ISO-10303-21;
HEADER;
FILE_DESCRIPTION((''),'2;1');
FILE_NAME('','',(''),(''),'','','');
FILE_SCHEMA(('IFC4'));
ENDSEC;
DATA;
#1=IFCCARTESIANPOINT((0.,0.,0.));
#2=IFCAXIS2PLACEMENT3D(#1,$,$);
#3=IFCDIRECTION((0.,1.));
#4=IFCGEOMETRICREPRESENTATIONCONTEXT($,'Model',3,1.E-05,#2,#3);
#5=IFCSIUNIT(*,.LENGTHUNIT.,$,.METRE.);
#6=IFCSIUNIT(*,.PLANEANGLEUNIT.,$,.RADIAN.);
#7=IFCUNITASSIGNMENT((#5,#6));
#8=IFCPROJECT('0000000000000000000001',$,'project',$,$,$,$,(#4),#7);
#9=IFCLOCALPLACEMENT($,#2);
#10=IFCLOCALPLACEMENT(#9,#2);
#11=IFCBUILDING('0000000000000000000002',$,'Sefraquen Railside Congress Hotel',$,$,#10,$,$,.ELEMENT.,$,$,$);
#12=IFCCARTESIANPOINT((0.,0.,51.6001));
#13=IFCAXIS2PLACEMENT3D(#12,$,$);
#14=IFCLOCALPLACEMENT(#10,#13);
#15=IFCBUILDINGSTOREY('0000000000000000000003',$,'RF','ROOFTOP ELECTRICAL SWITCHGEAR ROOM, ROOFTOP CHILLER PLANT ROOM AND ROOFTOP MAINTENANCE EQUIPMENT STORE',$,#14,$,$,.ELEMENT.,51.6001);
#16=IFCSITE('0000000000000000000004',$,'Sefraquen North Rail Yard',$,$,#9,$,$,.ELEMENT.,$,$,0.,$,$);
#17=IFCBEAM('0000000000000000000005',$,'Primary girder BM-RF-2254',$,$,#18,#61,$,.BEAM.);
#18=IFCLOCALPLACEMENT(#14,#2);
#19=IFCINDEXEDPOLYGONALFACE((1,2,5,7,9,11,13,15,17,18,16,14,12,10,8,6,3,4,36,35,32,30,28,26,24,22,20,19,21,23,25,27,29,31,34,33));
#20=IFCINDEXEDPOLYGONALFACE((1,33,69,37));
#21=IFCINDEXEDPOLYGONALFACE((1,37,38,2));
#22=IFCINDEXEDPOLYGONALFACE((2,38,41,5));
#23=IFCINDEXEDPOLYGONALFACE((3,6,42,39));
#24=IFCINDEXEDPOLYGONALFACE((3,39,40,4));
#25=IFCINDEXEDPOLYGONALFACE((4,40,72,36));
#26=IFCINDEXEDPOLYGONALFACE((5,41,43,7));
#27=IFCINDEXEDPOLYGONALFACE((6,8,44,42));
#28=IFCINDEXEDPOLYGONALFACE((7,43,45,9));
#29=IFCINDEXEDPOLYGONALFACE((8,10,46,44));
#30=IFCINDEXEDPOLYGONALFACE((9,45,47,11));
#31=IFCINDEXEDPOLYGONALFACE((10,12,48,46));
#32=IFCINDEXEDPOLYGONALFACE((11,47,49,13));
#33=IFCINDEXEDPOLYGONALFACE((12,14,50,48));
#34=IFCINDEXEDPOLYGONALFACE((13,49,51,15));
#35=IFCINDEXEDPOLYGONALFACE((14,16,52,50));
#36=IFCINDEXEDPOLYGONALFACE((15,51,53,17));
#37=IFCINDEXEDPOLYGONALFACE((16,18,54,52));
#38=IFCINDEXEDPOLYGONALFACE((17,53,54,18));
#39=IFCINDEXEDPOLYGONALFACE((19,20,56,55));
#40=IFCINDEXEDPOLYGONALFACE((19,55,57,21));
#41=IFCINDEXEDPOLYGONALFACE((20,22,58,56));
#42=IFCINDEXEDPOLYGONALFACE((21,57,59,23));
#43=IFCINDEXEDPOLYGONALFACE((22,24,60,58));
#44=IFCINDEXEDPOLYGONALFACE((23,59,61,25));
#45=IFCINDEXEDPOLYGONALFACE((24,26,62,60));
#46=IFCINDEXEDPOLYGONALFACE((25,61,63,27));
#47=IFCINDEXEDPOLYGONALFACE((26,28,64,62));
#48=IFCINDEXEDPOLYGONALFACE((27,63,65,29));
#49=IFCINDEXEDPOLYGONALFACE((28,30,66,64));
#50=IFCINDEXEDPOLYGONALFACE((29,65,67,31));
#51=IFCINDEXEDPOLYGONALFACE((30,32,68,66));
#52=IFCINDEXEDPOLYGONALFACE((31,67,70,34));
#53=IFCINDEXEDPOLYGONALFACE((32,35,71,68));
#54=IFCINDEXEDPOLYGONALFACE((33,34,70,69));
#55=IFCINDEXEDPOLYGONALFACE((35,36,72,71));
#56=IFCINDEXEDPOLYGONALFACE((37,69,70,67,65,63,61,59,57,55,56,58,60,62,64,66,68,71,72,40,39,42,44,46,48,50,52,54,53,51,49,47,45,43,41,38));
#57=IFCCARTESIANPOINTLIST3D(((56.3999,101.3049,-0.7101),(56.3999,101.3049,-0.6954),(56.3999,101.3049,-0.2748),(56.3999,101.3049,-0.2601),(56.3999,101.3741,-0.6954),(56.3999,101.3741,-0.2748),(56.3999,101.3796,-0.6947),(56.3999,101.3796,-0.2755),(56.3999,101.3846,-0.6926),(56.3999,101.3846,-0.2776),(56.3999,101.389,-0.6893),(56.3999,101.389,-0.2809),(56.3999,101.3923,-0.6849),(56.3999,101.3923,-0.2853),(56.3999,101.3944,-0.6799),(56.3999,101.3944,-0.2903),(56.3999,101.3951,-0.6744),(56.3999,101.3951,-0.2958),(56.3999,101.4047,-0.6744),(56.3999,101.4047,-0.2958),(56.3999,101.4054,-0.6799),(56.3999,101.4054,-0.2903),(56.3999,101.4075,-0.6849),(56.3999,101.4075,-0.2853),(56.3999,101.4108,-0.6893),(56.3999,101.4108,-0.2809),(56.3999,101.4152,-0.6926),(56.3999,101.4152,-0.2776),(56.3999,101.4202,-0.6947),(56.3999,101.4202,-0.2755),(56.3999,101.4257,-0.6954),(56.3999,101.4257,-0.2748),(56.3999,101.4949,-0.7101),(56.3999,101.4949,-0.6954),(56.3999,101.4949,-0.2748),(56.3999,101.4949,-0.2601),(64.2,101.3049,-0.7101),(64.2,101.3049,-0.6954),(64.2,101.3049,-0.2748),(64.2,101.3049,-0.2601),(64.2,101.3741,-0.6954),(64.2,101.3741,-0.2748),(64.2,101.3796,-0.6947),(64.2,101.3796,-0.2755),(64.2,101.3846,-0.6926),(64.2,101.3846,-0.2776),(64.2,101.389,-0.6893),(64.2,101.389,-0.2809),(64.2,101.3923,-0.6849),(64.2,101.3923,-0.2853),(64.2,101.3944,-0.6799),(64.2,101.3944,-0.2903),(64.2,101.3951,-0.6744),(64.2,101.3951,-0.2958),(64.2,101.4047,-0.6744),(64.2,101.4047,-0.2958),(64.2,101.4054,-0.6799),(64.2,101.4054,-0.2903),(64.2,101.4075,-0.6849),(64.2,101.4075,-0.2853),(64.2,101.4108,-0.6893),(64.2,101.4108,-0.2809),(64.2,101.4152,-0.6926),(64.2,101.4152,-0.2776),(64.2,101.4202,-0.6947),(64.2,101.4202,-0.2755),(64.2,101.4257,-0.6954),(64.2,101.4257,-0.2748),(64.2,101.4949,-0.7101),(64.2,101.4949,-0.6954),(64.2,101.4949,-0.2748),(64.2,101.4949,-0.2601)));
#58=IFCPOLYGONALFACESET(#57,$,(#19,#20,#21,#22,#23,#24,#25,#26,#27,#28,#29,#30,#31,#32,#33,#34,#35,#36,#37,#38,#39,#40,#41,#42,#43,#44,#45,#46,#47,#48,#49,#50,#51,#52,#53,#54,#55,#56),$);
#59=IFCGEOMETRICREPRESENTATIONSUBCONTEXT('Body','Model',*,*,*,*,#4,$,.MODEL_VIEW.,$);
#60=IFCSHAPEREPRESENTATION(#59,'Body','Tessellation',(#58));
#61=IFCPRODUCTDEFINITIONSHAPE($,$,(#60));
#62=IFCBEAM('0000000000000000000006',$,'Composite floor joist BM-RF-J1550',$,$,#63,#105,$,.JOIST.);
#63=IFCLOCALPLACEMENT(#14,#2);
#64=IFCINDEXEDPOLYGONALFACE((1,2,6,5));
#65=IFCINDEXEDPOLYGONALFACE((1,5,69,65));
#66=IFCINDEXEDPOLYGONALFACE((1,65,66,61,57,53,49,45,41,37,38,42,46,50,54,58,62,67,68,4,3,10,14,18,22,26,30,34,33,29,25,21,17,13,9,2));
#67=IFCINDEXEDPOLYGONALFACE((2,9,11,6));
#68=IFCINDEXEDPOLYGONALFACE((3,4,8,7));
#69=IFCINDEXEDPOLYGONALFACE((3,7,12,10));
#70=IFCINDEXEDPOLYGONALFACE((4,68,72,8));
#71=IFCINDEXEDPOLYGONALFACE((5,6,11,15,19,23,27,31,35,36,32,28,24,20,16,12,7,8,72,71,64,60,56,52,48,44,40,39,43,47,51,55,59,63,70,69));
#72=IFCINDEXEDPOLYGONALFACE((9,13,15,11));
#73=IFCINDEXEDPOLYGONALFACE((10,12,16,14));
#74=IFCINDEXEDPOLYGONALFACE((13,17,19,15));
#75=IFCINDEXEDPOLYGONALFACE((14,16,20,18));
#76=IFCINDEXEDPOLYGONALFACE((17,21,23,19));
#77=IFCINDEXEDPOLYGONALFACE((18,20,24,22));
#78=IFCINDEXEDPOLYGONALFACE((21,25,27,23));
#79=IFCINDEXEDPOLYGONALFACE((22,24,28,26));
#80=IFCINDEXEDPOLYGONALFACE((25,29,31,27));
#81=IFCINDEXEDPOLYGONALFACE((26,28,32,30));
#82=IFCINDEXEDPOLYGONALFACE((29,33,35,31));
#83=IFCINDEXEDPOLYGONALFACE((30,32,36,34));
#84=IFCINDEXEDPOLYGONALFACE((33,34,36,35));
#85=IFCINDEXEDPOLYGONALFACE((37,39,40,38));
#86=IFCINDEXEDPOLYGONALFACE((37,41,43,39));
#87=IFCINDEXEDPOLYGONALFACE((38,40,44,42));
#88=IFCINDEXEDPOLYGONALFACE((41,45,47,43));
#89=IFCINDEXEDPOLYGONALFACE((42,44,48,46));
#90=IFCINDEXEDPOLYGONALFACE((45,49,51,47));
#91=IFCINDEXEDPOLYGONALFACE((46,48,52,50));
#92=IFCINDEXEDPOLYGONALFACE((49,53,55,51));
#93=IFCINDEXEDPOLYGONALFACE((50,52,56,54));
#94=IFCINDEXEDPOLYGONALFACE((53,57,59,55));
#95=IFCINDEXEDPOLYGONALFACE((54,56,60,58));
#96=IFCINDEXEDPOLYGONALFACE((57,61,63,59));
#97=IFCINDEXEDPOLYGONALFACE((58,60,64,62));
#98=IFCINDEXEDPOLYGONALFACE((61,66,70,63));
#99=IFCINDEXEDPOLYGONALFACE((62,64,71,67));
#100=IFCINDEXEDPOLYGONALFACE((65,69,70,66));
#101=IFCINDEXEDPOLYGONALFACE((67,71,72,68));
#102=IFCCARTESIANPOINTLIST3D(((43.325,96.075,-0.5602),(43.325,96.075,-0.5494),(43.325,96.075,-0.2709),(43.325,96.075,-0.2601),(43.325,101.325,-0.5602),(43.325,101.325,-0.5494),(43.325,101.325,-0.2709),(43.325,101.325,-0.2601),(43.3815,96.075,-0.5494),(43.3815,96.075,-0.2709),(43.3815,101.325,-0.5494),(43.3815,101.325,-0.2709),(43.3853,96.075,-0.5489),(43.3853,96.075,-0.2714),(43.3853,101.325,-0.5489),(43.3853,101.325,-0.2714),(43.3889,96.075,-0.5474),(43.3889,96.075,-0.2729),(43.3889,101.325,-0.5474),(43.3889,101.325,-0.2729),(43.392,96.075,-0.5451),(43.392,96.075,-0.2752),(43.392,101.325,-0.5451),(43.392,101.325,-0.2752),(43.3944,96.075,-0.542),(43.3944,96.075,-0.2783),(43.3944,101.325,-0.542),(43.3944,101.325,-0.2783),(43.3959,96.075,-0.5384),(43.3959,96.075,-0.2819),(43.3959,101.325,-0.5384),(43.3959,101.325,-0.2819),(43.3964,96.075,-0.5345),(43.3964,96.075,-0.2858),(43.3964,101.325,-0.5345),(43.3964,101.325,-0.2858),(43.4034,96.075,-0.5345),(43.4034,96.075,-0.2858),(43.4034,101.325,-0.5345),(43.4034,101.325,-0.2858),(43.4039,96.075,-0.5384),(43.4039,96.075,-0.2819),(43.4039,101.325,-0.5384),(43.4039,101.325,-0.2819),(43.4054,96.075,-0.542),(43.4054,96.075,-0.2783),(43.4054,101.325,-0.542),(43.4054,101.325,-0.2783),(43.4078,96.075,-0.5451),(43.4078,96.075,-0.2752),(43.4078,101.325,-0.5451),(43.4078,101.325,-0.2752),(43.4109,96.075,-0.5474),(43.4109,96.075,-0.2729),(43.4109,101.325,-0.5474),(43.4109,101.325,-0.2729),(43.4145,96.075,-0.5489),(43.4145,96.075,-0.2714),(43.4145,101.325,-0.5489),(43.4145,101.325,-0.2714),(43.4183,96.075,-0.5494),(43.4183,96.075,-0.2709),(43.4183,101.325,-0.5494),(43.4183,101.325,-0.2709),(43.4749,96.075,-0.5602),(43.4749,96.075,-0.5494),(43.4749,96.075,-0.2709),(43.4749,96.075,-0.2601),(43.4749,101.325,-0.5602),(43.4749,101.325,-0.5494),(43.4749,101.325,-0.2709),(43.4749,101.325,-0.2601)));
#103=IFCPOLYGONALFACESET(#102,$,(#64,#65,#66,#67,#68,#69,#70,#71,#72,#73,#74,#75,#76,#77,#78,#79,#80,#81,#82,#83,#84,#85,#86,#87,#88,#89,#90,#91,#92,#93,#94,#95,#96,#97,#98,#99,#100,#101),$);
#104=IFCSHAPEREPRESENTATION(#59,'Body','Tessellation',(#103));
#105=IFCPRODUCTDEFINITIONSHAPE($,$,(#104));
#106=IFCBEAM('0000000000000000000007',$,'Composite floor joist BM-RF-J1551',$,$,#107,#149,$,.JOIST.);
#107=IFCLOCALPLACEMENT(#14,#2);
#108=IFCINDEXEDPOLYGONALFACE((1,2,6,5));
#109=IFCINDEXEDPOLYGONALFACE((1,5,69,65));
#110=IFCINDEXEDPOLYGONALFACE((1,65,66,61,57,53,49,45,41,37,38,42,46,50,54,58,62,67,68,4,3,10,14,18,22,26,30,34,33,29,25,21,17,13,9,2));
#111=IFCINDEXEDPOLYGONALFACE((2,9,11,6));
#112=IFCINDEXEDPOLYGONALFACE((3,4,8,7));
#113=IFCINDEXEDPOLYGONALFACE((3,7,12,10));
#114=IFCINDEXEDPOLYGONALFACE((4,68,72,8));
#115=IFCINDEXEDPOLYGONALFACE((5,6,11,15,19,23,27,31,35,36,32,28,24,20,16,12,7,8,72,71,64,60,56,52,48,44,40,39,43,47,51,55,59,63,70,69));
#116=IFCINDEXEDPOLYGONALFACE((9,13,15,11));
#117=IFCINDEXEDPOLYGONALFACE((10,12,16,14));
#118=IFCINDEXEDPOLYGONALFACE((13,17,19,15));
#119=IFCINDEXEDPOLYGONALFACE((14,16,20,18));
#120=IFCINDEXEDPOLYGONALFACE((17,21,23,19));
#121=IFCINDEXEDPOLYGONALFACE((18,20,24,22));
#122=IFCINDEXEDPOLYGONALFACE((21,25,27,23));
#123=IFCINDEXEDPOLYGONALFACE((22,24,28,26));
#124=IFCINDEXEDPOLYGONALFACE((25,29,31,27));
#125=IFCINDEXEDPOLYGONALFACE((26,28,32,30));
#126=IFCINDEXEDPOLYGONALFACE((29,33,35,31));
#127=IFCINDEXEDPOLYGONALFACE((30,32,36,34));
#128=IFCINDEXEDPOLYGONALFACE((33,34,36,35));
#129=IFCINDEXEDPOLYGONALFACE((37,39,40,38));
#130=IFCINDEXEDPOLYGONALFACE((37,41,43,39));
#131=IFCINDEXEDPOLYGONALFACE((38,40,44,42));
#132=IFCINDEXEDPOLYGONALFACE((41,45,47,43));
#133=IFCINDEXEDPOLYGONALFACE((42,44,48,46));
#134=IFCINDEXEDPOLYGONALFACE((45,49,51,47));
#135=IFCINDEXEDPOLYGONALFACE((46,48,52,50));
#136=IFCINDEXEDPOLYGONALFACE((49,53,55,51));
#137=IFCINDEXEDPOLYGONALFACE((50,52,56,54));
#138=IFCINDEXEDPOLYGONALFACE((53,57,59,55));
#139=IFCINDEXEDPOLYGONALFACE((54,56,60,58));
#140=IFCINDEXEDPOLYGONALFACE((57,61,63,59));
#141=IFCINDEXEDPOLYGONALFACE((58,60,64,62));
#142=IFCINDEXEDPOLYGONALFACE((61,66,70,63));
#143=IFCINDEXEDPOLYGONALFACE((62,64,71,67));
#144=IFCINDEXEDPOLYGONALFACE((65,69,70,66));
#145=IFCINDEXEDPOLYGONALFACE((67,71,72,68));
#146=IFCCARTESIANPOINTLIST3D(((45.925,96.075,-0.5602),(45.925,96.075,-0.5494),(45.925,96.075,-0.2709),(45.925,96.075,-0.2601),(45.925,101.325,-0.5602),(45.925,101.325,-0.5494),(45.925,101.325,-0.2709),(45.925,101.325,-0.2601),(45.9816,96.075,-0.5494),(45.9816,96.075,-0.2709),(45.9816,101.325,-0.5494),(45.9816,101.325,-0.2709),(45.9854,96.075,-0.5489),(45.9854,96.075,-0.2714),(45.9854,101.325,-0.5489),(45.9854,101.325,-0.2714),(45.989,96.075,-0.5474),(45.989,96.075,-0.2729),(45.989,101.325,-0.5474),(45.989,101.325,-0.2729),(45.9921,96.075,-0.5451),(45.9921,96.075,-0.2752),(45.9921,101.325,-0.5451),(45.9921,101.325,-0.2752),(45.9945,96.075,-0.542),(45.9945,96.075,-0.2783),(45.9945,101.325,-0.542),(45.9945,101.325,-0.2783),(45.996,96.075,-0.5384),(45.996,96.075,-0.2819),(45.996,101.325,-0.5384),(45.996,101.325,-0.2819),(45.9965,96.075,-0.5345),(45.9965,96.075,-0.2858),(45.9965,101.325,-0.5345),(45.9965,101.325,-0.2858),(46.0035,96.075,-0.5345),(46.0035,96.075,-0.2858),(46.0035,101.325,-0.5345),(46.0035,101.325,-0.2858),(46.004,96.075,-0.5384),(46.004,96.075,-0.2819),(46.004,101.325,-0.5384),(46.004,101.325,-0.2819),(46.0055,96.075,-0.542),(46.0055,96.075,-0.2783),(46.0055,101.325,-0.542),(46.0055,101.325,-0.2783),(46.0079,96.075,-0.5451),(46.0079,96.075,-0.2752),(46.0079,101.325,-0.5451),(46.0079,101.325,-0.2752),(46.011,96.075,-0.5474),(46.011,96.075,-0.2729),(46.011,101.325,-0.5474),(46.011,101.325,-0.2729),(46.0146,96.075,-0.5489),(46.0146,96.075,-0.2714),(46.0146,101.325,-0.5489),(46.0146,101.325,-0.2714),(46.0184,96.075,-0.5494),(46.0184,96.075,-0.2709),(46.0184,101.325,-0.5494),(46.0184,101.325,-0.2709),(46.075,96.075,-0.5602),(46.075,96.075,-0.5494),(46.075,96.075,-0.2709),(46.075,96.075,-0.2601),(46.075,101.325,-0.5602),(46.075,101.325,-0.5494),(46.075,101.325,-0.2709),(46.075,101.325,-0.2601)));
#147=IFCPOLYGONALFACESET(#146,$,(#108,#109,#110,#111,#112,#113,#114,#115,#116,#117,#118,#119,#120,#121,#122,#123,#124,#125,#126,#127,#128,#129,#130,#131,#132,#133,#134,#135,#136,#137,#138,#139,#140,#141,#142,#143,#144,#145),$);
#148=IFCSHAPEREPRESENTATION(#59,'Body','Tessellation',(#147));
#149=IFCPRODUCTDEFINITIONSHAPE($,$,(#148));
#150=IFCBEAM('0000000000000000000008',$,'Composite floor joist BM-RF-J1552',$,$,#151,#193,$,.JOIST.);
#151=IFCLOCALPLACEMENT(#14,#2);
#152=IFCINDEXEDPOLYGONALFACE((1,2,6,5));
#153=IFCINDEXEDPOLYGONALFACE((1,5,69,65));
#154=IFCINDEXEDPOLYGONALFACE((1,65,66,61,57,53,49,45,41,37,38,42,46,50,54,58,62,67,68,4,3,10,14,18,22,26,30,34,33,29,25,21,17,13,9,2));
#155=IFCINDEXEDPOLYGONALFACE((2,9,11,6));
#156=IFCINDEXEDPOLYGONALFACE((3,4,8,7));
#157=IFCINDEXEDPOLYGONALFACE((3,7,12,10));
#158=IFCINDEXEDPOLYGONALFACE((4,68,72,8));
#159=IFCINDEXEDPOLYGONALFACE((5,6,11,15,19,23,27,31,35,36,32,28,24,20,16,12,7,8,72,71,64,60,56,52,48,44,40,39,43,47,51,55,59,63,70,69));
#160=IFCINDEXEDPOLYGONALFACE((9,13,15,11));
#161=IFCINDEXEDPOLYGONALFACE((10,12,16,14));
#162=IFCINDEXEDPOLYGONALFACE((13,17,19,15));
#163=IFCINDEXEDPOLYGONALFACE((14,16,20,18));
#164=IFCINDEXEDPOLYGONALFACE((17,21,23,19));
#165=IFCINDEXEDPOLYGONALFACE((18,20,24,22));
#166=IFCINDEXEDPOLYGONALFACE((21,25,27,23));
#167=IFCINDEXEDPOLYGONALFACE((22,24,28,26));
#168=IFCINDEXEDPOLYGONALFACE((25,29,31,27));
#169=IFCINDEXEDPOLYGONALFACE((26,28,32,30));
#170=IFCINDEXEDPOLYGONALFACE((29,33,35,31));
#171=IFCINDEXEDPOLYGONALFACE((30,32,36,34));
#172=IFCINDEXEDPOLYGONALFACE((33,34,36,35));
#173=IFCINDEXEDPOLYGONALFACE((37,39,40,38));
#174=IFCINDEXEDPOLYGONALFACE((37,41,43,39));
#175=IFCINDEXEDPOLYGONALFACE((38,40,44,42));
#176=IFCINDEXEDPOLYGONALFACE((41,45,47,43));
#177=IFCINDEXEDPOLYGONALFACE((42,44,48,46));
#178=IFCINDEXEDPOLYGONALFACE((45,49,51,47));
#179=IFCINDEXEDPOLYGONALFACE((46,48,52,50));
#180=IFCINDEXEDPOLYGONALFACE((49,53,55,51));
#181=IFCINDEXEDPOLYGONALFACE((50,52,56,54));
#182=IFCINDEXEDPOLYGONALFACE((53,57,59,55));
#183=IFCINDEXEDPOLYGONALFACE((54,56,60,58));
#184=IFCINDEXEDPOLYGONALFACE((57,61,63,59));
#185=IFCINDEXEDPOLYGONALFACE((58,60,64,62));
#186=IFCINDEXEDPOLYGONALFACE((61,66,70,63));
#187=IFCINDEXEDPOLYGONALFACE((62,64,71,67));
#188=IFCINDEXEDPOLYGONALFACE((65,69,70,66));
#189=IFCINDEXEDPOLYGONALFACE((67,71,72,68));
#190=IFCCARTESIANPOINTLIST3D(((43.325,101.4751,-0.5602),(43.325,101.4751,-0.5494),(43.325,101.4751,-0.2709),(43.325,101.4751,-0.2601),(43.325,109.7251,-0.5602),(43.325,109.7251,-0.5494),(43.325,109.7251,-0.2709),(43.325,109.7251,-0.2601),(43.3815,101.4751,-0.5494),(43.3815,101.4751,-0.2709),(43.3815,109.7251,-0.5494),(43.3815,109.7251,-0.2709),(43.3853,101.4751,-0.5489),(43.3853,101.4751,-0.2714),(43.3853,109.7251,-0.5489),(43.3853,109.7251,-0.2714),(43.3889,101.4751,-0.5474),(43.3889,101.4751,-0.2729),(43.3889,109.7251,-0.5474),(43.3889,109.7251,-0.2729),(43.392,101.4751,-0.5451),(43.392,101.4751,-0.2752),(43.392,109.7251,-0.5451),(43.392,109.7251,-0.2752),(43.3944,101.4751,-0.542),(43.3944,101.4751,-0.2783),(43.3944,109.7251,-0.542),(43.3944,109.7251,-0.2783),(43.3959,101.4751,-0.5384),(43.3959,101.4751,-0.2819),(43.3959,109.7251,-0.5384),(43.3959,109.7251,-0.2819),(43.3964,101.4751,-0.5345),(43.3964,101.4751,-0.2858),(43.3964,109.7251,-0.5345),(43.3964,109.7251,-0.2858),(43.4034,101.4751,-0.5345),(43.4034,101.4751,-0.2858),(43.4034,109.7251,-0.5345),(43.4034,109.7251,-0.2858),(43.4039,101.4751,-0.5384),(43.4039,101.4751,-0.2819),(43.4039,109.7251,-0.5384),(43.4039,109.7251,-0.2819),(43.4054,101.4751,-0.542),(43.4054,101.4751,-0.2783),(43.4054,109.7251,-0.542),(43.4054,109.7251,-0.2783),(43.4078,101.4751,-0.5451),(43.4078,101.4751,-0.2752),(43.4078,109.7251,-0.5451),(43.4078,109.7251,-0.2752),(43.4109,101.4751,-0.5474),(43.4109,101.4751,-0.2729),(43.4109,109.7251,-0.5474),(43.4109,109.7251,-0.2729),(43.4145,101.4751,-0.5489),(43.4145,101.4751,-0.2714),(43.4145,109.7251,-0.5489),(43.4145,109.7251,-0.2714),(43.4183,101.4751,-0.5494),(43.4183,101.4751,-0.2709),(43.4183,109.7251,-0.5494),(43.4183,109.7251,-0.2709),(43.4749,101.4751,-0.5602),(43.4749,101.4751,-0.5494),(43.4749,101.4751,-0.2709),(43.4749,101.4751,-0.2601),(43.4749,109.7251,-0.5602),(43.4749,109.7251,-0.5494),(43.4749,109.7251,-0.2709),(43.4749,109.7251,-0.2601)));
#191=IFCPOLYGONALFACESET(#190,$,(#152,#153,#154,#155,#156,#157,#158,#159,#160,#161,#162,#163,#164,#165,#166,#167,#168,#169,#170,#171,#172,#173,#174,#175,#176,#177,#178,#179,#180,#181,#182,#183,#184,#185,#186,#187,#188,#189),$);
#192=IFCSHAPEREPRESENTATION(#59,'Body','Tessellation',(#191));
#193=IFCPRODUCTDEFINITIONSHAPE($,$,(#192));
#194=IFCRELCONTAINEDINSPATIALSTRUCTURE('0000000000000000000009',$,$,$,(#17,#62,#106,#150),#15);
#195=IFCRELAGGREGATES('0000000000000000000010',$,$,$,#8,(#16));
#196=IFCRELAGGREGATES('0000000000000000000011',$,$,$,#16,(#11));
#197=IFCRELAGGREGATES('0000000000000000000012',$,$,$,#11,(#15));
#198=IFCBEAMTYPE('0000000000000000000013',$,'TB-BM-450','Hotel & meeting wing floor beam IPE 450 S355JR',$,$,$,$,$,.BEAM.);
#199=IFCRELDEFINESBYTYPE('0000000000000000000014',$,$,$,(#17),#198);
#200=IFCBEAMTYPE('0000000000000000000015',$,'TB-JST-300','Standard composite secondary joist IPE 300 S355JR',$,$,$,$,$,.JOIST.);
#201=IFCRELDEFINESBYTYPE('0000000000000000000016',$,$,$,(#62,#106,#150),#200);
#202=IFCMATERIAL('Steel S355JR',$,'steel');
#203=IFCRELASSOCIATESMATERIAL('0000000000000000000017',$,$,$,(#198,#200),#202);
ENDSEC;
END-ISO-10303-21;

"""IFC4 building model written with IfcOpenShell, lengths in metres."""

from ifc_helpers import new_model, si_unit, direction, frame, origin, origin_2d, place, context, subcontext, project, spatial, i_section, extrude, material, material_profile, profile_set, type_object, element, save


model = new_model("IFC4")

# Units and contexts
model_context = context("Model", 3, precision=1e-05, world=origin(), true_north=direction((0.0, 1.0)))
body_context = subcontext(model_context, "Body", "Model", "MODEL_VIEW")
ifc_project = project(units=[si_unit("LENGTHUNIT", "METRE"), si_unit("PLANEANGLEUNIT", "RADIAN")], contexts=[model_context])

# Site, building, storey
site_placement = place(None, origin())
site = spatial("IfcSite", under=ifc_project, at=site_placement, Name="Sefraquen North Rail Yard", CompositionType="ELEMENT", RefElevation=0.0)
building_placement = place(site_placement, origin())
building = spatial("IfcBuilding", under=site, at=building_placement, Name="Sefraquen Railside Congress Hotel", CompositionType="ELEMENT")
storey_placement = place(building_placement, frame((0.0, 0.0, 51.6001)))
storey = spatial("IfcBuildingStorey", under=building, at=storey_placement, Name="RF", Description="ROOFTOP ELECTRICAL SWITCHGEAR ROOM, ROOFTOP CHILLER PLANT ROOM AND ROOFTOP MAINTENANCE EQUIPMENT STORE", CompositionType="ELEMENT", Elevation=51.6001)

# Beams
ifc_material_1 = material(Name="Steel S355JR", Category="steel")
ifc_material_profile_1 = material_profile(ifc_material_1, i_section(OverallWidth=0.1899, OverallDepth=0.45, WebThickness=0.0095, FlangeThickness=0.0146, FilletRadius=0.021, at=origin_2d()), Name="IPE 450")
ifc_profile_set_1 = profile_set([ifc_material_profile_1], Name="Steel S355JR")
beam_type_1 = type_object("IfcBeamType", Name="TB-BM-450", Description="Hotel & meeting wing floor beam IPE 450 S355JR", PredefinedType="BEAM", material=ifc_profile_set_1)
beam_1_placement = place(storey_placement, frame((56.3999, 101.3999, -0.4851), z_axis=(1.0, 0.0, 0.0), x_axis=(0.0, 1.0, 0.0)))
element("IfcBeam", 1, at=beam_1_placement, inside=storey, type_object=beam_type_1, Name="Primary girder BM-RF-2254", PredefinedType="BEAM", context=body_context, shape_type="SweptSolid", body=[
    extrude(i_section(OverallWidth=0.1899, OverallDepth=0.45, WebThickness=0.0095, FlangeThickness=0.0146, FilletRadius=0.021, at=origin_2d()), origin(), (0.0, 0.0, 1.0), 7.8),
])
ifc_material_profile_2 = material_profile(ifc_material_1, i_section(OverallWidth=0.1499, OverallDepth=0.3, WebThickness=0.0071, FlangeThickness=0.0107, FilletRadius=0.0149, at=origin_2d()), Name="IPE 300")
ifc_profile_set_2 = profile_set([ifc_material_profile_2], Name="Steel S355JR")
beam_type_2 = type_object("IfcBeamType", Name="TB-JST-300", Description="Standard composite secondary joist IPE 300 S355JR", PredefinedType="JOIST", material=ifc_profile_set_2)
for number, where, z_axis, x_axis, name in (
    (2, (43.3999, 96.075, -0.4102), (0.0, 1.0, 0.0), (-1.0, 0.0, 0.0), "Composite floor joist BM-RF-J1550"),
    (3, (46.0, 96.075, -0.4102), (0.0, 1.0, 0.0), (-1.0, 0.0, 0.0), "Composite floor joist BM-RF-J1551"),
):
    element("IfcBeam", number, at=place(storey_placement, frame(where, z_axis=z_axis, x_axis=x_axis)), inside=storey, type_object=beam_type_2, Name=name, PredefinedType="JOIST", context=body_context, shape_type="SweptSolid", body=[
        extrude(i_section(OverallWidth=0.1499, OverallDepth=0.3, WebThickness=0.0071, FlangeThickness=0.0107, FilletRadius=0.0149, at=origin_2d()), origin(), (0.0, 0.0, 1.0), 5.25),
    ])
for number, where, z_axis, x_axis, name in (
    (4, (43.3999, 101.4751, -0.4102), (0.0, 1.0, 0.0), (-1.0, 0.0, 0.0), "Composite floor joist BM-RF-J1552"),
):
    element("IfcBeam", number, at=place(storey_placement, frame(where, z_axis=z_axis, x_axis=x_axis)), inside=storey, type_object=beam_type_2, Name=name, PredefinedType="JOIST", context=body_context, shape_type="SweptSolid", body=[
        extrude(i_section(OverallWidth=0.1499, OverallDepth=0.3, WebThickness=0.0071, FlangeThickness=0.0107, FilletRadius=0.0149, at=origin_2d()), origin(), (0.0, 0.0, 1.0), 8.25),
    ])

save(model, "model.ifc")
